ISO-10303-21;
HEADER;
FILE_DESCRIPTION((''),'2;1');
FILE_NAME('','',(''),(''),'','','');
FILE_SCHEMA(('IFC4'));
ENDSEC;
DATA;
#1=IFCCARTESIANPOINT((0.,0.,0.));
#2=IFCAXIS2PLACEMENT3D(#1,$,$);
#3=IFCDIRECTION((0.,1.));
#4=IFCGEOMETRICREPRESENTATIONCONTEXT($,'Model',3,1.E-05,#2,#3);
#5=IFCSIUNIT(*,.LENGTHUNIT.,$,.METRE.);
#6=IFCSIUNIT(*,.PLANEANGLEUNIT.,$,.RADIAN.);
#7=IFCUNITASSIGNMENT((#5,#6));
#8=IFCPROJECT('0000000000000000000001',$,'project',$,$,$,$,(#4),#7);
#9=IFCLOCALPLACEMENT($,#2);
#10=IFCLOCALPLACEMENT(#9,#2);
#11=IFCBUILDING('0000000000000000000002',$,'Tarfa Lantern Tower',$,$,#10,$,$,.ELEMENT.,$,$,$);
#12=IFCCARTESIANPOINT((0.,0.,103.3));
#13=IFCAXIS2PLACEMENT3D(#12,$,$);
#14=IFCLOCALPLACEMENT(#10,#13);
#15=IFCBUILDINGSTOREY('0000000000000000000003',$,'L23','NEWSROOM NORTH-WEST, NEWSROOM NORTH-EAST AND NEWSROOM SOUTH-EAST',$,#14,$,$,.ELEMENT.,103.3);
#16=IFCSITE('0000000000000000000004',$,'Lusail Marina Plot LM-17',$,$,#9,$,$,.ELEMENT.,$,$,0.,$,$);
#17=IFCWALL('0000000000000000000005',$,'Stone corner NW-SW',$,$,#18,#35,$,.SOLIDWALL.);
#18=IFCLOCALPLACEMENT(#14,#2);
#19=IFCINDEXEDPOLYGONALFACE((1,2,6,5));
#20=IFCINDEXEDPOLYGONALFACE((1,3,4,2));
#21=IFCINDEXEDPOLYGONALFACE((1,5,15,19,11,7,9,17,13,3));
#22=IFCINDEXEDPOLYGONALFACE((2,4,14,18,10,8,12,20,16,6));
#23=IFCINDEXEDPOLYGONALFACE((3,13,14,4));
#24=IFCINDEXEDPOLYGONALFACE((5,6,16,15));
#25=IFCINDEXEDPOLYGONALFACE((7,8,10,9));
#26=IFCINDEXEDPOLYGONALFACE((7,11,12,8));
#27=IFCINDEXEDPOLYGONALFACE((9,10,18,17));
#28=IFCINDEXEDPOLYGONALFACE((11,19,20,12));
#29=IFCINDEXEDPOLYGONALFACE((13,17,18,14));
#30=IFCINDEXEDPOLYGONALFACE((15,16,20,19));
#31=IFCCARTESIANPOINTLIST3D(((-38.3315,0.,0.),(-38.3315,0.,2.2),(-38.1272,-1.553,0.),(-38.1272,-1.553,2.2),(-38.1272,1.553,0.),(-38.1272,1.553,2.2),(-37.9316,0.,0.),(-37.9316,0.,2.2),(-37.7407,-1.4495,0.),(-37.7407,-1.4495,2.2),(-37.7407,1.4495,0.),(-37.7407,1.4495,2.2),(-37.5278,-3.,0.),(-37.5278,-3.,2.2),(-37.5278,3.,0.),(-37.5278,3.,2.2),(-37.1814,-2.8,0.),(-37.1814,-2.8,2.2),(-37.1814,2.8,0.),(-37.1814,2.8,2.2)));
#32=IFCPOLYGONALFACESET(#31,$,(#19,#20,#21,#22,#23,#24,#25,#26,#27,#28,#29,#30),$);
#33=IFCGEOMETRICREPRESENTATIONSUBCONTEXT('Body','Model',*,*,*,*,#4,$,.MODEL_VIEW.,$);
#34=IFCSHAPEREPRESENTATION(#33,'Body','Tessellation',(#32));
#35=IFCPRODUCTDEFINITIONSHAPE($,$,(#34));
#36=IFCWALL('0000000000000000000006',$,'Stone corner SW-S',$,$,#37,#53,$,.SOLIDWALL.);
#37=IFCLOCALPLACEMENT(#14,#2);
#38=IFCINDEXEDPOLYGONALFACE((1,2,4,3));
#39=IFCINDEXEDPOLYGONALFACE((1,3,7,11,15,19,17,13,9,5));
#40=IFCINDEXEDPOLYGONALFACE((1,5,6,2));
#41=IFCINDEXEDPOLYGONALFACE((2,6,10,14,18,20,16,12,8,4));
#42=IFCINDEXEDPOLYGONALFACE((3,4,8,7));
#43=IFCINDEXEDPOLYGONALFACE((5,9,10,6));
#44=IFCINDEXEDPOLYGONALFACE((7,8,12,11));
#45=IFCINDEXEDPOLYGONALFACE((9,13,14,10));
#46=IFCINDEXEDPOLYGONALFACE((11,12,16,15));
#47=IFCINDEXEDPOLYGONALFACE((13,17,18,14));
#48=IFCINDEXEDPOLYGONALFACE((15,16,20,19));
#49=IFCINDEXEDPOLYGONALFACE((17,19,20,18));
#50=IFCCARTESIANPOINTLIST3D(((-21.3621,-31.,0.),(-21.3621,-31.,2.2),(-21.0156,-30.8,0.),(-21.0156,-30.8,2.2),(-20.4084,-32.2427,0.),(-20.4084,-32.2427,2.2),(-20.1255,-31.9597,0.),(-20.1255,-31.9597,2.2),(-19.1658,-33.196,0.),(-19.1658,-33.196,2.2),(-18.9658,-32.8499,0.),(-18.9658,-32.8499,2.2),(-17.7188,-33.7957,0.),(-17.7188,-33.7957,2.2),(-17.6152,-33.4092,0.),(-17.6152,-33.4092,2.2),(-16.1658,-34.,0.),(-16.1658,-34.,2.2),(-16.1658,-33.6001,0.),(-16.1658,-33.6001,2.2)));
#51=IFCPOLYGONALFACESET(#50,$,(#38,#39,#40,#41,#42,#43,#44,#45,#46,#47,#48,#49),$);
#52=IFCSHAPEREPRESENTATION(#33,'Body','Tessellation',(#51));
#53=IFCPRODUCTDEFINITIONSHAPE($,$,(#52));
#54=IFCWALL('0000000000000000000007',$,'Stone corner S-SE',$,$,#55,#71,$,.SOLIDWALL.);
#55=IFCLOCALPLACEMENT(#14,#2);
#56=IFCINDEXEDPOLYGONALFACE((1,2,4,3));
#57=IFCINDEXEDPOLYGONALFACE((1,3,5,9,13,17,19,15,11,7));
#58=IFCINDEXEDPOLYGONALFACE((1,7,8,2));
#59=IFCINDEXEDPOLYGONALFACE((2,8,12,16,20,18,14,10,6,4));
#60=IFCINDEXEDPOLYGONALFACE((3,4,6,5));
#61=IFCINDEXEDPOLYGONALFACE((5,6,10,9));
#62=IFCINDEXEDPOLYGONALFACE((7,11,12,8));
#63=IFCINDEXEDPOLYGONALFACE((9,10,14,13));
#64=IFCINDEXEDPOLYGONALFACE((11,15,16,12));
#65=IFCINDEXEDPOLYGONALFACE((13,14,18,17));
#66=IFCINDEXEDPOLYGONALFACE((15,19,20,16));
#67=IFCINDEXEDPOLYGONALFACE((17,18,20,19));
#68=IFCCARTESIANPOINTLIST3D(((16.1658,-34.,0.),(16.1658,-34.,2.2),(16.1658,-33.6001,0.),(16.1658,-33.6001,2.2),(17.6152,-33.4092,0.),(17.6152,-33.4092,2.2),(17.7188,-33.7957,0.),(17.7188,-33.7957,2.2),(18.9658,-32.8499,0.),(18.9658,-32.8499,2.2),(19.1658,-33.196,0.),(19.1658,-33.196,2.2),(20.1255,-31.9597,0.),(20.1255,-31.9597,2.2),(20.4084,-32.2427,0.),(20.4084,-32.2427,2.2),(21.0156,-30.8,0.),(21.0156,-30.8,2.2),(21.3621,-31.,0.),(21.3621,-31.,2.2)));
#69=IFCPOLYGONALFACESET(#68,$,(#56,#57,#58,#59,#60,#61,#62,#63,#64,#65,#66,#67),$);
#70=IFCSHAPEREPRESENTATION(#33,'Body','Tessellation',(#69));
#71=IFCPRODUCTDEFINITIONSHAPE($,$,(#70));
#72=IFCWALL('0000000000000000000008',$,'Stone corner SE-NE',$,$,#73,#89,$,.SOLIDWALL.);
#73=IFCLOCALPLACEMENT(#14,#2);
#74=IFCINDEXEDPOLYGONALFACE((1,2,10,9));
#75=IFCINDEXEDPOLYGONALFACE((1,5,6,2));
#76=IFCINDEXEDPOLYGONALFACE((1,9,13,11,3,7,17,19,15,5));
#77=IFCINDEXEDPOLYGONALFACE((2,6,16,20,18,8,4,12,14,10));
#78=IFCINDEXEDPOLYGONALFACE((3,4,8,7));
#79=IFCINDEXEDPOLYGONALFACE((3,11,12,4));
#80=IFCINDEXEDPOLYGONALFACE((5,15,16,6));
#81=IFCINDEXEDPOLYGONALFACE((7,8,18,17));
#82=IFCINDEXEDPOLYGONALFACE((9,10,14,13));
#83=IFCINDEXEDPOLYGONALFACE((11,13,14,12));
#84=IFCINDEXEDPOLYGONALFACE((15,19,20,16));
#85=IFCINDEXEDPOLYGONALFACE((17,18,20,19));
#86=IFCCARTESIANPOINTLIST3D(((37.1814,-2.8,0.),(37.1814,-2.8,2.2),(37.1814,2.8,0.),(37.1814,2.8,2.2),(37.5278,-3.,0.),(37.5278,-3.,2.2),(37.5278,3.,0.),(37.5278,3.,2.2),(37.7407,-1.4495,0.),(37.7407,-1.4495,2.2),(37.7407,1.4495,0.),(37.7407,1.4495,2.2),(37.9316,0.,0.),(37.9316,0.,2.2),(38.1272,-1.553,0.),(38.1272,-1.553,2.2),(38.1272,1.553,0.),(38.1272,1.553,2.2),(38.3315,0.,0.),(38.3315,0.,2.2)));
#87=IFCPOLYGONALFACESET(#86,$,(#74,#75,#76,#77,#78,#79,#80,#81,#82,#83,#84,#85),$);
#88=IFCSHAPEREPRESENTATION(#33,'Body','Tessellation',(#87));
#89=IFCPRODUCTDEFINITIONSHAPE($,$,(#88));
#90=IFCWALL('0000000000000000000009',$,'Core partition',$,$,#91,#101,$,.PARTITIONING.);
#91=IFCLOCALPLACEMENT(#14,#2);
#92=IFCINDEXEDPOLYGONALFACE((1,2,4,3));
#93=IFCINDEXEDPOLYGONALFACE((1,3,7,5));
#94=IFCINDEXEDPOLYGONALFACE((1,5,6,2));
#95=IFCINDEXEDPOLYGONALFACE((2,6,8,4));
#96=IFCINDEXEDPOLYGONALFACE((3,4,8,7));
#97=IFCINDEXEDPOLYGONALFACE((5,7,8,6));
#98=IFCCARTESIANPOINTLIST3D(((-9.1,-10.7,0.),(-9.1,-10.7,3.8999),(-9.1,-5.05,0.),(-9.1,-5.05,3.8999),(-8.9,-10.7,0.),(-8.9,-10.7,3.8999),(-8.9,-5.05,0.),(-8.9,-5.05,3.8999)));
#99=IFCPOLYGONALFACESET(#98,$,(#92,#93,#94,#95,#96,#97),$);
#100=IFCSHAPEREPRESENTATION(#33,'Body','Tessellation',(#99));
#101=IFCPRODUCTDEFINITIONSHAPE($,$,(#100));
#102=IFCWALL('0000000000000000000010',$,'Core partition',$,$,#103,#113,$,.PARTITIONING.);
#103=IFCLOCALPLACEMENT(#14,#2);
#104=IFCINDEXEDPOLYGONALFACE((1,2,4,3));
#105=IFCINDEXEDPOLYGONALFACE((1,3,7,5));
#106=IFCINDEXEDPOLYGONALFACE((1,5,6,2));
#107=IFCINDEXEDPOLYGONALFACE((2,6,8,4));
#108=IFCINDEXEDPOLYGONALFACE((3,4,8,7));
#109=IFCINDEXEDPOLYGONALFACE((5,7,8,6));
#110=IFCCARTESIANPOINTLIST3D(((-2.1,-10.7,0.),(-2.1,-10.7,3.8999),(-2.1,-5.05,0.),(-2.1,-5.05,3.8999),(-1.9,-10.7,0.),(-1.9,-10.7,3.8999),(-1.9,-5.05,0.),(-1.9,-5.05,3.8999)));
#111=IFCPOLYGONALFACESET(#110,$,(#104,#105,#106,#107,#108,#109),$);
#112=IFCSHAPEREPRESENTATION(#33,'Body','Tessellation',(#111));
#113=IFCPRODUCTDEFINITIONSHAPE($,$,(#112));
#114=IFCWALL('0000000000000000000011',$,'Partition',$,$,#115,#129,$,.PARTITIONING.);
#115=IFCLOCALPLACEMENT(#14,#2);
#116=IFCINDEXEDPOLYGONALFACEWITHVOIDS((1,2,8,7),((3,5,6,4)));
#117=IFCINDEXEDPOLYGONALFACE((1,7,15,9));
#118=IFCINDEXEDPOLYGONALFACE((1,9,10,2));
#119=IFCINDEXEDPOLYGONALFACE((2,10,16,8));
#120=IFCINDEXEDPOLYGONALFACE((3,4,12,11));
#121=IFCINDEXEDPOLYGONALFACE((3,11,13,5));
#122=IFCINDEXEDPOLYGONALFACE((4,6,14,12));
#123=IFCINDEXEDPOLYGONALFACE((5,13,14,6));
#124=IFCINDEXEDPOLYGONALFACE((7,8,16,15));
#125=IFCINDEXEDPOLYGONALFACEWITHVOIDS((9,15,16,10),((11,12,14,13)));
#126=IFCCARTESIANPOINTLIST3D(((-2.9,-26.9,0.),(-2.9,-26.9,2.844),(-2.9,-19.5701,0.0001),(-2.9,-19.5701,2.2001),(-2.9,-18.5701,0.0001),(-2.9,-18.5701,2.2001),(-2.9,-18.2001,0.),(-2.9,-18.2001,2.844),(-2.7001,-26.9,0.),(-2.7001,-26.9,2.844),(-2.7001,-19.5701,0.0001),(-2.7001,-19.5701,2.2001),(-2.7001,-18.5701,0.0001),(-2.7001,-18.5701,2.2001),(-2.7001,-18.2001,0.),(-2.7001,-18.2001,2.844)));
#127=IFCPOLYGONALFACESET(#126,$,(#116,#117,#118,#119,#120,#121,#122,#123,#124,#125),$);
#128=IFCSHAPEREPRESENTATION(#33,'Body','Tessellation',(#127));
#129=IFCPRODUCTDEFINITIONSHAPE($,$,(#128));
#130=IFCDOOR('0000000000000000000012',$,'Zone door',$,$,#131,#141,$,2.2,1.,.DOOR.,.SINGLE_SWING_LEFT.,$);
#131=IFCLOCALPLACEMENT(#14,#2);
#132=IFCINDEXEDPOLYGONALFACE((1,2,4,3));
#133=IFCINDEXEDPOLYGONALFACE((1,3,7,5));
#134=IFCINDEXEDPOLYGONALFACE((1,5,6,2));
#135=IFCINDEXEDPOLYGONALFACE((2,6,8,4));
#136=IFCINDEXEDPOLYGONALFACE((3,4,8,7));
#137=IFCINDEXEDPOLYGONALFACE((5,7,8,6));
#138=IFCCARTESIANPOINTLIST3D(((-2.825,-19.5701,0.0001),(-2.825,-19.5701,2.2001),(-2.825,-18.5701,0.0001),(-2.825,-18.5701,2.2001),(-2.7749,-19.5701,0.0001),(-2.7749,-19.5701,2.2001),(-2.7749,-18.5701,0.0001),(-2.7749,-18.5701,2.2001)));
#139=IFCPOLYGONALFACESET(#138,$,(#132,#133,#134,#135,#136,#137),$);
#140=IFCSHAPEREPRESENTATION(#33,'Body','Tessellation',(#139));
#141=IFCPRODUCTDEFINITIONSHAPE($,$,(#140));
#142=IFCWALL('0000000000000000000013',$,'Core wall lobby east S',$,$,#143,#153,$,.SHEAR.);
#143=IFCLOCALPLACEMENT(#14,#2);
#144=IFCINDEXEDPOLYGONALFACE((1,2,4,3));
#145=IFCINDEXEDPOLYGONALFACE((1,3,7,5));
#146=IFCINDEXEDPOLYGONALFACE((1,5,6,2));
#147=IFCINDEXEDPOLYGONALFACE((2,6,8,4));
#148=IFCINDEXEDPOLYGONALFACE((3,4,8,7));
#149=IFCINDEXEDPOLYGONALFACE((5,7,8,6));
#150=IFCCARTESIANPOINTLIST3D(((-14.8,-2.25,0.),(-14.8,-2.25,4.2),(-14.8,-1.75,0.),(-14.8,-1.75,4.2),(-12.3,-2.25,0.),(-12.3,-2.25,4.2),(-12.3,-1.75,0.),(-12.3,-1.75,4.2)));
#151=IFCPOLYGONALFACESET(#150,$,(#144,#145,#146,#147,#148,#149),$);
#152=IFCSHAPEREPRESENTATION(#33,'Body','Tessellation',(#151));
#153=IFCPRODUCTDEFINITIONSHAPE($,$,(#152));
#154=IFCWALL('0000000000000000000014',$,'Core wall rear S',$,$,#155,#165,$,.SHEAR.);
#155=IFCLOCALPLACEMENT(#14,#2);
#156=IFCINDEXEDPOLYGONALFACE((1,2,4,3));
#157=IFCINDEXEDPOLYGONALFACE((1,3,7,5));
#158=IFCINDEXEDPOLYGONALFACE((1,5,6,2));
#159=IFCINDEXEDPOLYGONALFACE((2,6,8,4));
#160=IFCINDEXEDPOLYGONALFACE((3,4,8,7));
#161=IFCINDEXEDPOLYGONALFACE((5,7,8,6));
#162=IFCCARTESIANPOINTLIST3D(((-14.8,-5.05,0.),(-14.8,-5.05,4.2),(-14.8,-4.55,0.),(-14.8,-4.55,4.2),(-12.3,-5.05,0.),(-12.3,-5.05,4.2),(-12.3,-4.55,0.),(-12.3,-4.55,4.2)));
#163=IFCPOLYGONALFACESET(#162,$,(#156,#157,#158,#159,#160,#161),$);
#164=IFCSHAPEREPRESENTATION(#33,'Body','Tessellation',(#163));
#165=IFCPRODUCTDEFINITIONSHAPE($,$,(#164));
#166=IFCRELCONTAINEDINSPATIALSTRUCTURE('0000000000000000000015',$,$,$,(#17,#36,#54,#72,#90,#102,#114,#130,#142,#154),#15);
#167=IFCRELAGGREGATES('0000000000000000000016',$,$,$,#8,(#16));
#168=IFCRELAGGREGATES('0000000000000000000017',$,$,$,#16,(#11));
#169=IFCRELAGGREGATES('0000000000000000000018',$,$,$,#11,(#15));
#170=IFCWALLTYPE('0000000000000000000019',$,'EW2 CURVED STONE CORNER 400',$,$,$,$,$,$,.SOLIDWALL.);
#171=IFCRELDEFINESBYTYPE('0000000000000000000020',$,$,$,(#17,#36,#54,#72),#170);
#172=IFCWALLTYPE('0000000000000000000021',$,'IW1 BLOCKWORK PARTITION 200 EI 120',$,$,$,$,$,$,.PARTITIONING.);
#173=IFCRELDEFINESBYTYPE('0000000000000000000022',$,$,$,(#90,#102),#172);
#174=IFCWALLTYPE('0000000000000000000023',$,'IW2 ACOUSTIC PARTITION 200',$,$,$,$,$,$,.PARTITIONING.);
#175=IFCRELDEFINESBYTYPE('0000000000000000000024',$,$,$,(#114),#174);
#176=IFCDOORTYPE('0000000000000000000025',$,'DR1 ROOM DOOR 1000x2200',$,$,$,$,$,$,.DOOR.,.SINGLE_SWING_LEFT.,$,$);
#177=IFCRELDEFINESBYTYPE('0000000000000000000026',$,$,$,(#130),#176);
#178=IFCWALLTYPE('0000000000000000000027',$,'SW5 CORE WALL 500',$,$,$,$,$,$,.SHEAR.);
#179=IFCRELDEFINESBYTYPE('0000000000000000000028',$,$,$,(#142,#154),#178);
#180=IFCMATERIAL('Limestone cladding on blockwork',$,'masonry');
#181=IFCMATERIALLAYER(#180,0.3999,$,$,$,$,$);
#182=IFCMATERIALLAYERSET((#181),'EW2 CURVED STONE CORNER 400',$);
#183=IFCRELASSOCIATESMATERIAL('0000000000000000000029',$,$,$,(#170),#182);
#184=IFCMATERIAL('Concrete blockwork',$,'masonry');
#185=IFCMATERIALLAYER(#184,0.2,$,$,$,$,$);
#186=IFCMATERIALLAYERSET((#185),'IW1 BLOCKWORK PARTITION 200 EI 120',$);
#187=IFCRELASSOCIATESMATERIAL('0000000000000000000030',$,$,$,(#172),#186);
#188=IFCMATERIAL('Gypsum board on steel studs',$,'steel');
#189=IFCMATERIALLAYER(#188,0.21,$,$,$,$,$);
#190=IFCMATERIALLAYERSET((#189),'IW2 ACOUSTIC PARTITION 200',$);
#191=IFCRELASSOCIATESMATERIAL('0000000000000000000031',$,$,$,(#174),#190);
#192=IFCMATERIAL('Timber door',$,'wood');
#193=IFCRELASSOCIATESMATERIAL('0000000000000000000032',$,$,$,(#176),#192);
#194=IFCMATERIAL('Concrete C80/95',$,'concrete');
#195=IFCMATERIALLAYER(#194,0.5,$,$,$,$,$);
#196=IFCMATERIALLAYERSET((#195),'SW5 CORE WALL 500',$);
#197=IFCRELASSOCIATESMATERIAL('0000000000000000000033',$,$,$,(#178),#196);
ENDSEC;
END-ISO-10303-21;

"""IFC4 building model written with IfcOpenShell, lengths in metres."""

from ifc_helpers import new_model, si_unit, direction, frame, frame_2d, origin, place, context, subcontext, project, spatial, polyline, rectangle, outline, extrude, material, layer, layer_set, type_object, element, fill, save


model = new_model("IFC4")

# Units and contexts
model_context = context("Model", 3, precision=1e-05, world=origin(), true_north=direction((0.0, 1.0)))
body_context = subcontext(model_context, "Body", "Model", "MODEL_VIEW")
ifc_project = project(units=[si_unit("LENGTHUNIT", "METRE"), si_unit("PLANEANGLEUNIT", "RADIAN")], contexts=[model_context])

# Site, building, storey
site_placement = place(None, origin())
site = spatial("IfcSite", under=ifc_project, at=site_placement, Name="Lusail Marina Plot LM-17", CompositionType="ELEMENT", RefElevation=0.0)
building_placement = place(site_placement, origin())
building = spatial("IfcBuilding", under=site, at=building_placement, Name="Tarfa Lantern Tower", CompositionType="ELEMENT")
storey_placement = place(building_placement, frame((0.0, 0.0, 103.3)))
storey = spatial("IfcBuildingStorey", under=building, at=storey_placement, Name="L23", Description="NEWSROOM NORTH-WEST, NEWSROOM NORTH-EAST AND NEWSROOM SOUTH-EAST", CompositionType="ELEMENT", Elevation=103.3)

# Walls
ifc_material_1 = material(Name="Limestone cladding on blockwork", Category="masonry")
ifc_layer_1 = layer(ifc_material_1, 0.3999)
ifc_layer_set_1 = layer_set([ifc_layer_1], Name="EW2 CURVED STONE CORNER 400")
wall_type_1 = type_object("IfcWallType", Name="EW2 CURVED STONE CORNER 400", PredefinedType="SOLIDWALL", material=ifc_layer_set_1)
wall_1_placement = place(storey_placement, origin())
element("IfcWall", 1, at=wall_1_placement, inside=storey, type_object=wall_type_1, Name="Stone corner NW-SW", PredefinedType="SOLIDWALL", context=body_context, shape_type="SweptSolid", body=[
    extrude(outline(polyline([(-37.5278, 3.0), (-38.1272, 1.553), (-38.3315, 0.0), (-38.1272, -1.553), (-37.5278, -3.0), (-37.1814, -2.8), (-37.7407, -1.4495), (-37.9316, 0.0), (-37.7407, 1.4495), (-37.1814, 2.8), (-37.5278, 3.0)])), origin(), (0.0, 0.0, 1.0), 2.2),
])
wall_2_placement = place(storey_placement, origin())
element("IfcWall", 2, at=wall_2_placement, inside=storey, type_object=wall_type_1, Name="Stone corner SW-S", PredefinedType="SOLIDWALL", context=body_context, shape_type="SweptSolid", body=[
    extrude(outline(polyline([(-21.3621, -31.0), (-20.4084, -32.2427), (-19.1658, -33.196), (-17.7188, -33.7957), (-16.1658, -34.0), (-16.1658, -33.6001), (-17.6152, -33.4092), (-18.9658, -32.8499), (-20.1255, -31.9597), (-21.0156, -30.8), (-21.3621, -31.0)])), origin(), (0.0, 0.0, 1.0), 2.2),
])
wall_3_placement = place(storey_placement, origin())
element("IfcWall", 3, at=wall_3_placement, inside=storey, type_object=wall_type_1, Name="Stone corner S-SE", PredefinedType="SOLIDWALL", context=body_context, shape_type="SweptSolid", body=[
    extrude(outline(polyline([(16.1658, -34.0), (17.7188, -33.7957), (19.1658, -33.196), (20.4084, -32.2427), (21.3621, -31.0), (21.0156, -30.8), (20.1255, -31.9597), (18.9658, -32.8499), (17.6152, -33.4092), (16.1658, -33.6001), (16.1658, -34.0)])), origin(), (0.0, 0.0, 1.0), 2.2),
])
wall_4_placement = place(storey_placement, origin())
element("IfcWall", 4, at=wall_4_placement, inside=storey, type_object=wall_type_1, Name="Stone corner SE-NE", PredefinedType="SOLIDWALL", context=body_context, shape_type="SweptSolid", body=[
    extrude(outline(polyline([(37.5278, -3.0), (38.1272, -1.553), (38.3315, 0.0), (38.1272, 1.553), (37.5278, 3.0), (37.1814, 2.8), (37.7407, 1.4495), (37.9316, 0.0), (37.7407, -1.4495), (37.1814, -2.8), (37.5278, -3.0)])), origin(), (0.0, 0.0, 1.0), 2.2),
])
ifc_material_2 = material(Name="Concrete blockwork", Category="masonry")
ifc_layer_2 = layer(ifc_material_2, 0.2)
ifc_layer_set_2 = layer_set([ifc_layer_2], Name="IW1 BLOCKWORK PARTITION 200 EI 120")
wall_type_2 = type_object("IfcWallType", Name="IW1 BLOCKWORK PARTITION 200 EI 120", PredefinedType="PARTITIONING", material=ifc_layer_set_2)
for number, where, z_axis, x_axis, name in (
    (5, (-9.0, -5.05, 0.0), (0.0, 0.0, 1.0), (0.0, -1.0, 0.0), "Core partition"),
    (6, (-2.0, -5.05, 0.0), (0.0, 0.0, 1.0), (0.0, -1.0, 0.0), "Core partition"),
):
    element("IfcWall", number, at=place(storey_placement, frame(where, z_axis=z_axis, x_axis=x_axis)), inside=storey, type_object=wall_type_2, Name=name, PredefinedType="PARTITIONING", context=body_context, shape_type="SweptSolid", body=[
        extrude(rectangle(XDim=5.6499, YDim=0.2, at=frame_2d((2.825, 0.0))), origin(), (0.0, 0.0, 1.0), 3.8999),
    ])

# Wall, opening, door
ifc_material_3 = material(Name="Gypsum board on steel studs", Category="steel")
ifc_layer_3 = layer(ifc_material_3, 0.21)
ifc_layer_set_3 = layer_set([ifc_layer_3], Name="IW2 ACOUSTIC PARTITION 200")
wall_type_3 = type_object("IfcWallType", Name="IW2 ACOUSTIC PARTITION 200", PredefinedType="PARTITIONING", material=ifc_layer_set_3)
wall_5_placement = place(storey_placement, frame((-2.8, -18.2, 0.0), z_axis=(0.0, 0.0, 1.0), x_axis=(0.0, -1.0, 0.0)))
wall_5 = element("IfcWall", 7, at=wall_5_placement, inside=storey, type_object=wall_type_3, Name="Partition", PredefinedType="PARTITIONING", context=body_context, shape_type="SweptSolid", body=[
    extrude(rectangle(XDim=8.7, YDim=0.2, at=frame_2d((4.3501, 0.0))), origin(), (0.0, 0.0, 1.0), 2.844),
])
opening_1_placement = place(wall_5_placement, frame((0.3701, 0.0, 0.0)))
opening_1 = element("IfcOpeningElement", 8, at=opening_1_placement, cuts=wall_5, PredefinedType="OPENING", context=body_context, shape_type="SweptSolid", body=[
    extrude(rectangle(XDim=1.0, YDim=2.2, at=frame_2d((0.5, 1.1001))), frame((0.0, 0.1099, 0.0), z_axis=(0.0, -1.0, 0.0), x_axis=(1.0, 0.0, 0.0)), (0.0, 0.0, 1.0), 0.22),
])
ifc_material_4 = material(Name="Timber door", Category="wood")
door_type_1 = type_object("IfcDoorType", Name="DR1 ROOM DOOR 1000x2200", OperationType="SINGLE_SWING_LEFT", PredefinedType="DOOR", material=ifc_material_4)
door_1_placement = place(opening_1_placement, frame((1.0, 0.0, 0.0), z_axis=(0.0, 0.0, 1.0), x_axis=(-1.0, 0.0, 0.0)))
door_1 = element("IfcDoor", 9, at=door_1_placement, inside=storey, type_object=door_type_1, Name="Zone door", OperationType="SINGLE_SWING_LEFT", OverallHeight=2.2, OverallWidth=1.0, PredefinedType="DOOR", context=body_context, shape_type="SweptSolid", body=[
    extrude(rectangle(XDim=1.0, YDim=2.2, at=frame_2d((0.5, 1.1001))), frame((0.0, 0.0249, 0.0), z_axis=(0.0, -1.0, 0.0), x_axis=(1.0, 0.0, 0.0)), (0.0, 0.0, 1.0), 0.05),
])
fill(opening_1, door_1)

# Walls
ifc_material_5 = material(Name="Concrete C80/95", Category="concrete")
ifc_layer_4 = layer(ifc_material_5, 0.5)
ifc_layer_set_4 = layer_set([ifc_layer_4], Name="SW5 CORE WALL 500")
wall_type_4 = type_object("IfcWallType", Name="SW5 CORE WALL 500", PredefinedType="SHEAR", material=ifc_layer_set_4)
for number, where, z_axis, x_axis, name in (
    (10, (-12.3, -2.0, 0.0), (0.0, 0.0, 1.0), (-1.0, 0.0, 0.0), "Core wall lobby east S"),
    (11, (-12.3, -4.8, 0.0), (0.0, 0.0, 1.0), (-1.0, 0.0, 0.0), "Core wall rear S"),
):
    element("IfcWall", number, at=place(storey_placement, frame(where, z_axis=z_axis, x_axis=x_axis)), inside=storey, type_object=wall_type_4, Name=name, PredefinedType="SHEAR", context=body_context, shape_type="SweptSolid", body=[
        extrude(rectangle(XDim=2.5, YDim=0.5, at=frame_2d((1.25, 0.0))), origin(), (0.0, 0.0, 1.0), 4.2),
    ])

save(model, "model.ifc")
